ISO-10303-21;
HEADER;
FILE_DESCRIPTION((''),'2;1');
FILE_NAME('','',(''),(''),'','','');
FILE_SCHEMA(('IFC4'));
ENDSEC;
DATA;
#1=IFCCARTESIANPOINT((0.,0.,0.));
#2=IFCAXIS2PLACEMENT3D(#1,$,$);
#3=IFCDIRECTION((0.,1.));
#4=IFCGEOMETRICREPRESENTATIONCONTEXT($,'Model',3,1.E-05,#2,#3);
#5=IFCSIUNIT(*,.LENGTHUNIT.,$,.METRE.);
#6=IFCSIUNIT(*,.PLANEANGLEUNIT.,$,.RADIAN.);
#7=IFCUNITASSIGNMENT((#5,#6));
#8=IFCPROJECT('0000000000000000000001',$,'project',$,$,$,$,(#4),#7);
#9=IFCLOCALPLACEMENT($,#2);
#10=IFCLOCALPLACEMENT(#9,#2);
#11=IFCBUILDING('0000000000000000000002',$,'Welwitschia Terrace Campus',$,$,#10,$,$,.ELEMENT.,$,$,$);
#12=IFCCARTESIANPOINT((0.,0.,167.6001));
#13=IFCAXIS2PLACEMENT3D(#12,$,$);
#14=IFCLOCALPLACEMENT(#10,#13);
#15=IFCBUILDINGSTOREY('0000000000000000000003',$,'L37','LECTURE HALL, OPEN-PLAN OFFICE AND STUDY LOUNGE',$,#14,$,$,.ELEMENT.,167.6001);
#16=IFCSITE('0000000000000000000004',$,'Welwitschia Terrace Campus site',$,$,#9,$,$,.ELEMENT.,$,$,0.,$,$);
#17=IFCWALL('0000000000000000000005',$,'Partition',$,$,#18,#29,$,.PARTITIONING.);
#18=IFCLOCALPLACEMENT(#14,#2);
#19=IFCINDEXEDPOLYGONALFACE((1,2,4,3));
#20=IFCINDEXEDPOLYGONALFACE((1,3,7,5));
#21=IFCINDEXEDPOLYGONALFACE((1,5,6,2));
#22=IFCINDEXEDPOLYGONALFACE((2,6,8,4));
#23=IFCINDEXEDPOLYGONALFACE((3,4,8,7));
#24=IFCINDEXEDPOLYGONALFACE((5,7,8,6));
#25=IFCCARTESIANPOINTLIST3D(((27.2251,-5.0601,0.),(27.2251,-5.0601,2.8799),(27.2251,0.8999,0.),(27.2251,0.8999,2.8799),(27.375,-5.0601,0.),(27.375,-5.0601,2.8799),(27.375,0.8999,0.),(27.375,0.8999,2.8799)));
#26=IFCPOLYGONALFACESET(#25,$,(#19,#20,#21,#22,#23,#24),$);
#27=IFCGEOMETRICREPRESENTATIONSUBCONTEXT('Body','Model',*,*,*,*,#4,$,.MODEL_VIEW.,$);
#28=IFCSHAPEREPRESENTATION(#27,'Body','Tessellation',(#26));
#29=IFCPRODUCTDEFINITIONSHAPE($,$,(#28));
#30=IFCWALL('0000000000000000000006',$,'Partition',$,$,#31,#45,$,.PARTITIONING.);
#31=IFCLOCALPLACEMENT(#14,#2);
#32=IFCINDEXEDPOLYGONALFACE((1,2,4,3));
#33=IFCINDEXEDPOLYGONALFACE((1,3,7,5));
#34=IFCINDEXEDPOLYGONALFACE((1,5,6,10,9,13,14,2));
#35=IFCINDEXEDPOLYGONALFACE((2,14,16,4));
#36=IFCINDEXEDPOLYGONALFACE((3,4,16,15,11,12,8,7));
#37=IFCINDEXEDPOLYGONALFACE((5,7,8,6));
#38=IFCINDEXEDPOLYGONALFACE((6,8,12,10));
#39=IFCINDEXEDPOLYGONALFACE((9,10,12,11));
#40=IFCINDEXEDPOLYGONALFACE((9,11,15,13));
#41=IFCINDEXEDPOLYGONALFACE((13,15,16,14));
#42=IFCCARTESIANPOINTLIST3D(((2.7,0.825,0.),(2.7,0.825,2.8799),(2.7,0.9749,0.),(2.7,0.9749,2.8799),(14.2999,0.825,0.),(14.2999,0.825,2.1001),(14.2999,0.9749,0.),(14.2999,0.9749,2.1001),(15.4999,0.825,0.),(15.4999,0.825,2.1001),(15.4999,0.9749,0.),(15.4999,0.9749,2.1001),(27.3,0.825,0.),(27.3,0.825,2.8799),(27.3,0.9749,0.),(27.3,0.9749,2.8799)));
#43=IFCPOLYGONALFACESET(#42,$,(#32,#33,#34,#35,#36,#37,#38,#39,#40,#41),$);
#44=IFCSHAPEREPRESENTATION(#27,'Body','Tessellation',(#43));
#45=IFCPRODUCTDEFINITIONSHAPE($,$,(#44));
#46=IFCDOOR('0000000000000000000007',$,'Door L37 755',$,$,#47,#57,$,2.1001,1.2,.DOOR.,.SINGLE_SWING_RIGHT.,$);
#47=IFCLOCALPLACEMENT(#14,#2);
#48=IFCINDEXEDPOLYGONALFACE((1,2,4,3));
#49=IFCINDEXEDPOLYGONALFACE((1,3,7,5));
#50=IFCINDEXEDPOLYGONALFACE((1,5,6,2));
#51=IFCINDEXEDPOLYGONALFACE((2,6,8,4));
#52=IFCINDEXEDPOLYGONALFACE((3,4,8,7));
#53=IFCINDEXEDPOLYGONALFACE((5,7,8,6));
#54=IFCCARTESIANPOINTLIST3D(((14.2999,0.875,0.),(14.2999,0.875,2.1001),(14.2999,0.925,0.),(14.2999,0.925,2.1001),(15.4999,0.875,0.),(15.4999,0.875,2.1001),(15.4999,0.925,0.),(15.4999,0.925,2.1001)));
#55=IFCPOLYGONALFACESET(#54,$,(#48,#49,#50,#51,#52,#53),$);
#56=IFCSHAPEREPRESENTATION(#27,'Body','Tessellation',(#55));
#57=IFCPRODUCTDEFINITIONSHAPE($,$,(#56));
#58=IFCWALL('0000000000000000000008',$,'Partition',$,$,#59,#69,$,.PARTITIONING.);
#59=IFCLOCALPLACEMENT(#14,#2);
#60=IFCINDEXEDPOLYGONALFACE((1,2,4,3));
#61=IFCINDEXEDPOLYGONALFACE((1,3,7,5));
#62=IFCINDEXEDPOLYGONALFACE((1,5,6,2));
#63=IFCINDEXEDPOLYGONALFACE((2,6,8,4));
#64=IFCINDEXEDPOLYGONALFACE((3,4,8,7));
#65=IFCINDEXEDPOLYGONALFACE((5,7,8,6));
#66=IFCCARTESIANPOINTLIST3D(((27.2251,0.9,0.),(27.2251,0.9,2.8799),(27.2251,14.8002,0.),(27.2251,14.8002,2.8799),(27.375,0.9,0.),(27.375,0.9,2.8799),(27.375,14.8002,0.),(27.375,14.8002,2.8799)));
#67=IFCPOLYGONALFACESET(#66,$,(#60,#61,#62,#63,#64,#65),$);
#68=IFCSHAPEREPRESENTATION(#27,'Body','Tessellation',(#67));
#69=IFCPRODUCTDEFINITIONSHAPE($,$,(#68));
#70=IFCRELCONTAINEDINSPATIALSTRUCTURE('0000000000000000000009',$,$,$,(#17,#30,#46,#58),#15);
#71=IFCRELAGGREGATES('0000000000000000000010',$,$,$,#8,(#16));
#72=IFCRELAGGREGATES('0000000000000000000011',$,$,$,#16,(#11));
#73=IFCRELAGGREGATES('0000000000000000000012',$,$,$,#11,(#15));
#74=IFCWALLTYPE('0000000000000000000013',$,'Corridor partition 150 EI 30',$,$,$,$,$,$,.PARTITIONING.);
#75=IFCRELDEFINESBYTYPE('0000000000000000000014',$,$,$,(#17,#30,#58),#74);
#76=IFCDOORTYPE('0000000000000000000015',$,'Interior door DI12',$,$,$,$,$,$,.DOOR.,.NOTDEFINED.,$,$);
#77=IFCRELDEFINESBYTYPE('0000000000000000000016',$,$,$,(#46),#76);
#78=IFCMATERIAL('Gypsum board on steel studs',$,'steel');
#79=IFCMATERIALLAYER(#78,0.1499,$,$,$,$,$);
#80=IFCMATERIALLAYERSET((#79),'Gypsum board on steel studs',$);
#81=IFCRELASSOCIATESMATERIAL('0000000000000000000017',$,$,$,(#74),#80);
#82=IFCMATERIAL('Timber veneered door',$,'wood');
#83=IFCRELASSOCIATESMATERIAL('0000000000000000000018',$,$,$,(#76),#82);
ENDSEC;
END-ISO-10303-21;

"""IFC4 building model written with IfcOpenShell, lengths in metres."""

from ifc_helpers import new_model, si_unit, direction, frame, frame_2d, origin, place, context, subcontext, project, spatial, rectangle, extrude, material, layer, layer_set, type_object, element, fill, save


model = new_model("IFC4")

# Units and contexts
model_context = context("Model", 3, precision=1e-05, world=origin(), true_north=direction((0.0, 1.0)))
body_context = subcontext(model_context, "Body", "Model", "MODEL_VIEW")
ifc_project = project(units=[si_unit("LENGTHUNIT", "METRE"), si_unit("PLANEANGLEUNIT", "RADIAN")], contexts=[model_context])

# Site, building, storey
site_placement = place(None, origin())
site = spatial("IfcSite", under=ifc_project, at=site_placement, Name="Welwitschia Terrace Campus site", CompositionType="ELEMENT", RefElevation=0.0)
building_placement = place(site_placement, origin())
building = spatial("IfcBuilding", under=site, at=building_placement, Name="Welwitschia Terrace Campus", CompositionType="ELEMENT")
storey_placement = place(building_placement, frame((0.0, 0.0, 167.6001)))
storey = spatial("IfcBuildingStorey", under=building, at=storey_placement, Name="L37", Description="LECTURE HALL, OPEN-PLAN OFFICE AND STUDY LOUNGE", CompositionType="ELEMENT", Elevation=167.6001)

# Wall
ifc_material_1 = material(Name="Gypsum board on steel studs", Category="steel")
ifc_layer_1 = layer(ifc_material_1, 0.1499)
ifc_layer_set_1 = layer_set([ifc_layer_1], Name="Gypsum board on steel studs")
wall_type_1 = type_object("IfcWallType", Name="Corridor partition 150 EI 30", PredefinedType="PARTITIONING", material=ifc_layer_set_1)
wall_1_placement = place(storey_placement, frame((27.3, -5.0601, 0.0), z_axis=(0.0, 0.0, 1.0), x_axis=(0.0, 1.0, 0.0)))
element("IfcWall", 1, at=wall_1_placement, inside=storey, type_object=wall_type_1, Name="Partition", PredefinedType="PARTITIONING", context=body_context, shape_type="SweptSolid", body=[
    extrude(rectangle(XDim=5.96, YDim=0.1499, at=frame_2d((2.98, 0.0))), origin(), (0.0, 0.0, 1.0), 2.8799),
])

# Wall, opening, door
wall_2_placement = place(storey_placement, frame((27.3, 0.8999, 0.0), z_axis=(0.0, 0.0, 1.0), x_axis=(-1.0, 0.0, 0.0)))
wall_2 = element("IfcWall", 2, at=wall_2_placement, inside=storey, type_object=wall_type_1, Name="Partition", PredefinedType="PARTITIONING", context=body_context, shape_type="SweptSolid", body=[
    extrude(rectangle(XDim=24.6001, YDim=0.1499, at=frame_2d((12.3, 0.0))), origin(), (0.0, 0.0, 1.0), 2.8799),
])
opening_1_placement = place(wall_2_placement, frame((11.8, 0.0, 0.0)))
opening_1 = element("IfcOpeningElement", 3, at=opening_1_placement, cuts=wall_2, PredefinedType="OPENING", context=body_context, shape_type="SweptSolid", body=[
    extrude(rectangle(XDim=1.2, YDim=2.1001, at=frame_2d((0.6001, 1.05))), frame((0.0, 0.085, 0.0), z_axis=(0.0, -1.0, 0.0), x_axis=(1.0, 0.0, 0.0)), (0.0, 0.0, 1.0), 0.1699),
])
ifc_material_2 = material(Name="Timber veneered door", Category="wood")
door_type_1 = type_object("IfcDoorType", Name="Interior door DI12", OperationType="NOTDEFINED", PredefinedType="DOOR", material=ifc_material_2)
door_1_placement = place(opening_1_placement, origin())
door_1 = element("IfcDoor", 4, at=door_1_placement, inside=storey, type_object=door_type_1, Name="Door L37 755", OperationType="SINGLE_SWING_RIGHT", OverallHeight=2.1001, OverallWidth=1.2, PredefinedType="DOOR", context=body_context, shape_type="SweptSolid", body=[
    extrude(rectangle(XDim=1.2, YDim=2.1001, at=frame_2d((0.6001, 1.05))), frame((0.0, 0.0249, 0.0), z_axis=(0.0, -1.0, 0.0), x_axis=(1.0, 0.0, 0.0)), (0.0, 0.0, 1.0), 0.05),
])
fill(opening_1, door_1)

# Wall
wall_3_placement = place(storey_placement, frame((27.3, 0.8999, 0.0), z_axis=(0.0, 0.0, 1.0), x_axis=(0.0, 1.0, 0.0)))
element("IfcWall", 5, at=wall_3_placement, inside=storey, type_object=wall_type_1, Name="Partition", PredefinedType="PARTITIONING", context=body_context, shape_type="SweptSolid", body=[
    extrude(rectangle(XDim=13.9001, YDim=0.1499, at=frame_2d((6.9502, 0.0))), origin(), (0.0, 0.0, 1.0), 2.8799),
])

save(model, "model.ifc")
